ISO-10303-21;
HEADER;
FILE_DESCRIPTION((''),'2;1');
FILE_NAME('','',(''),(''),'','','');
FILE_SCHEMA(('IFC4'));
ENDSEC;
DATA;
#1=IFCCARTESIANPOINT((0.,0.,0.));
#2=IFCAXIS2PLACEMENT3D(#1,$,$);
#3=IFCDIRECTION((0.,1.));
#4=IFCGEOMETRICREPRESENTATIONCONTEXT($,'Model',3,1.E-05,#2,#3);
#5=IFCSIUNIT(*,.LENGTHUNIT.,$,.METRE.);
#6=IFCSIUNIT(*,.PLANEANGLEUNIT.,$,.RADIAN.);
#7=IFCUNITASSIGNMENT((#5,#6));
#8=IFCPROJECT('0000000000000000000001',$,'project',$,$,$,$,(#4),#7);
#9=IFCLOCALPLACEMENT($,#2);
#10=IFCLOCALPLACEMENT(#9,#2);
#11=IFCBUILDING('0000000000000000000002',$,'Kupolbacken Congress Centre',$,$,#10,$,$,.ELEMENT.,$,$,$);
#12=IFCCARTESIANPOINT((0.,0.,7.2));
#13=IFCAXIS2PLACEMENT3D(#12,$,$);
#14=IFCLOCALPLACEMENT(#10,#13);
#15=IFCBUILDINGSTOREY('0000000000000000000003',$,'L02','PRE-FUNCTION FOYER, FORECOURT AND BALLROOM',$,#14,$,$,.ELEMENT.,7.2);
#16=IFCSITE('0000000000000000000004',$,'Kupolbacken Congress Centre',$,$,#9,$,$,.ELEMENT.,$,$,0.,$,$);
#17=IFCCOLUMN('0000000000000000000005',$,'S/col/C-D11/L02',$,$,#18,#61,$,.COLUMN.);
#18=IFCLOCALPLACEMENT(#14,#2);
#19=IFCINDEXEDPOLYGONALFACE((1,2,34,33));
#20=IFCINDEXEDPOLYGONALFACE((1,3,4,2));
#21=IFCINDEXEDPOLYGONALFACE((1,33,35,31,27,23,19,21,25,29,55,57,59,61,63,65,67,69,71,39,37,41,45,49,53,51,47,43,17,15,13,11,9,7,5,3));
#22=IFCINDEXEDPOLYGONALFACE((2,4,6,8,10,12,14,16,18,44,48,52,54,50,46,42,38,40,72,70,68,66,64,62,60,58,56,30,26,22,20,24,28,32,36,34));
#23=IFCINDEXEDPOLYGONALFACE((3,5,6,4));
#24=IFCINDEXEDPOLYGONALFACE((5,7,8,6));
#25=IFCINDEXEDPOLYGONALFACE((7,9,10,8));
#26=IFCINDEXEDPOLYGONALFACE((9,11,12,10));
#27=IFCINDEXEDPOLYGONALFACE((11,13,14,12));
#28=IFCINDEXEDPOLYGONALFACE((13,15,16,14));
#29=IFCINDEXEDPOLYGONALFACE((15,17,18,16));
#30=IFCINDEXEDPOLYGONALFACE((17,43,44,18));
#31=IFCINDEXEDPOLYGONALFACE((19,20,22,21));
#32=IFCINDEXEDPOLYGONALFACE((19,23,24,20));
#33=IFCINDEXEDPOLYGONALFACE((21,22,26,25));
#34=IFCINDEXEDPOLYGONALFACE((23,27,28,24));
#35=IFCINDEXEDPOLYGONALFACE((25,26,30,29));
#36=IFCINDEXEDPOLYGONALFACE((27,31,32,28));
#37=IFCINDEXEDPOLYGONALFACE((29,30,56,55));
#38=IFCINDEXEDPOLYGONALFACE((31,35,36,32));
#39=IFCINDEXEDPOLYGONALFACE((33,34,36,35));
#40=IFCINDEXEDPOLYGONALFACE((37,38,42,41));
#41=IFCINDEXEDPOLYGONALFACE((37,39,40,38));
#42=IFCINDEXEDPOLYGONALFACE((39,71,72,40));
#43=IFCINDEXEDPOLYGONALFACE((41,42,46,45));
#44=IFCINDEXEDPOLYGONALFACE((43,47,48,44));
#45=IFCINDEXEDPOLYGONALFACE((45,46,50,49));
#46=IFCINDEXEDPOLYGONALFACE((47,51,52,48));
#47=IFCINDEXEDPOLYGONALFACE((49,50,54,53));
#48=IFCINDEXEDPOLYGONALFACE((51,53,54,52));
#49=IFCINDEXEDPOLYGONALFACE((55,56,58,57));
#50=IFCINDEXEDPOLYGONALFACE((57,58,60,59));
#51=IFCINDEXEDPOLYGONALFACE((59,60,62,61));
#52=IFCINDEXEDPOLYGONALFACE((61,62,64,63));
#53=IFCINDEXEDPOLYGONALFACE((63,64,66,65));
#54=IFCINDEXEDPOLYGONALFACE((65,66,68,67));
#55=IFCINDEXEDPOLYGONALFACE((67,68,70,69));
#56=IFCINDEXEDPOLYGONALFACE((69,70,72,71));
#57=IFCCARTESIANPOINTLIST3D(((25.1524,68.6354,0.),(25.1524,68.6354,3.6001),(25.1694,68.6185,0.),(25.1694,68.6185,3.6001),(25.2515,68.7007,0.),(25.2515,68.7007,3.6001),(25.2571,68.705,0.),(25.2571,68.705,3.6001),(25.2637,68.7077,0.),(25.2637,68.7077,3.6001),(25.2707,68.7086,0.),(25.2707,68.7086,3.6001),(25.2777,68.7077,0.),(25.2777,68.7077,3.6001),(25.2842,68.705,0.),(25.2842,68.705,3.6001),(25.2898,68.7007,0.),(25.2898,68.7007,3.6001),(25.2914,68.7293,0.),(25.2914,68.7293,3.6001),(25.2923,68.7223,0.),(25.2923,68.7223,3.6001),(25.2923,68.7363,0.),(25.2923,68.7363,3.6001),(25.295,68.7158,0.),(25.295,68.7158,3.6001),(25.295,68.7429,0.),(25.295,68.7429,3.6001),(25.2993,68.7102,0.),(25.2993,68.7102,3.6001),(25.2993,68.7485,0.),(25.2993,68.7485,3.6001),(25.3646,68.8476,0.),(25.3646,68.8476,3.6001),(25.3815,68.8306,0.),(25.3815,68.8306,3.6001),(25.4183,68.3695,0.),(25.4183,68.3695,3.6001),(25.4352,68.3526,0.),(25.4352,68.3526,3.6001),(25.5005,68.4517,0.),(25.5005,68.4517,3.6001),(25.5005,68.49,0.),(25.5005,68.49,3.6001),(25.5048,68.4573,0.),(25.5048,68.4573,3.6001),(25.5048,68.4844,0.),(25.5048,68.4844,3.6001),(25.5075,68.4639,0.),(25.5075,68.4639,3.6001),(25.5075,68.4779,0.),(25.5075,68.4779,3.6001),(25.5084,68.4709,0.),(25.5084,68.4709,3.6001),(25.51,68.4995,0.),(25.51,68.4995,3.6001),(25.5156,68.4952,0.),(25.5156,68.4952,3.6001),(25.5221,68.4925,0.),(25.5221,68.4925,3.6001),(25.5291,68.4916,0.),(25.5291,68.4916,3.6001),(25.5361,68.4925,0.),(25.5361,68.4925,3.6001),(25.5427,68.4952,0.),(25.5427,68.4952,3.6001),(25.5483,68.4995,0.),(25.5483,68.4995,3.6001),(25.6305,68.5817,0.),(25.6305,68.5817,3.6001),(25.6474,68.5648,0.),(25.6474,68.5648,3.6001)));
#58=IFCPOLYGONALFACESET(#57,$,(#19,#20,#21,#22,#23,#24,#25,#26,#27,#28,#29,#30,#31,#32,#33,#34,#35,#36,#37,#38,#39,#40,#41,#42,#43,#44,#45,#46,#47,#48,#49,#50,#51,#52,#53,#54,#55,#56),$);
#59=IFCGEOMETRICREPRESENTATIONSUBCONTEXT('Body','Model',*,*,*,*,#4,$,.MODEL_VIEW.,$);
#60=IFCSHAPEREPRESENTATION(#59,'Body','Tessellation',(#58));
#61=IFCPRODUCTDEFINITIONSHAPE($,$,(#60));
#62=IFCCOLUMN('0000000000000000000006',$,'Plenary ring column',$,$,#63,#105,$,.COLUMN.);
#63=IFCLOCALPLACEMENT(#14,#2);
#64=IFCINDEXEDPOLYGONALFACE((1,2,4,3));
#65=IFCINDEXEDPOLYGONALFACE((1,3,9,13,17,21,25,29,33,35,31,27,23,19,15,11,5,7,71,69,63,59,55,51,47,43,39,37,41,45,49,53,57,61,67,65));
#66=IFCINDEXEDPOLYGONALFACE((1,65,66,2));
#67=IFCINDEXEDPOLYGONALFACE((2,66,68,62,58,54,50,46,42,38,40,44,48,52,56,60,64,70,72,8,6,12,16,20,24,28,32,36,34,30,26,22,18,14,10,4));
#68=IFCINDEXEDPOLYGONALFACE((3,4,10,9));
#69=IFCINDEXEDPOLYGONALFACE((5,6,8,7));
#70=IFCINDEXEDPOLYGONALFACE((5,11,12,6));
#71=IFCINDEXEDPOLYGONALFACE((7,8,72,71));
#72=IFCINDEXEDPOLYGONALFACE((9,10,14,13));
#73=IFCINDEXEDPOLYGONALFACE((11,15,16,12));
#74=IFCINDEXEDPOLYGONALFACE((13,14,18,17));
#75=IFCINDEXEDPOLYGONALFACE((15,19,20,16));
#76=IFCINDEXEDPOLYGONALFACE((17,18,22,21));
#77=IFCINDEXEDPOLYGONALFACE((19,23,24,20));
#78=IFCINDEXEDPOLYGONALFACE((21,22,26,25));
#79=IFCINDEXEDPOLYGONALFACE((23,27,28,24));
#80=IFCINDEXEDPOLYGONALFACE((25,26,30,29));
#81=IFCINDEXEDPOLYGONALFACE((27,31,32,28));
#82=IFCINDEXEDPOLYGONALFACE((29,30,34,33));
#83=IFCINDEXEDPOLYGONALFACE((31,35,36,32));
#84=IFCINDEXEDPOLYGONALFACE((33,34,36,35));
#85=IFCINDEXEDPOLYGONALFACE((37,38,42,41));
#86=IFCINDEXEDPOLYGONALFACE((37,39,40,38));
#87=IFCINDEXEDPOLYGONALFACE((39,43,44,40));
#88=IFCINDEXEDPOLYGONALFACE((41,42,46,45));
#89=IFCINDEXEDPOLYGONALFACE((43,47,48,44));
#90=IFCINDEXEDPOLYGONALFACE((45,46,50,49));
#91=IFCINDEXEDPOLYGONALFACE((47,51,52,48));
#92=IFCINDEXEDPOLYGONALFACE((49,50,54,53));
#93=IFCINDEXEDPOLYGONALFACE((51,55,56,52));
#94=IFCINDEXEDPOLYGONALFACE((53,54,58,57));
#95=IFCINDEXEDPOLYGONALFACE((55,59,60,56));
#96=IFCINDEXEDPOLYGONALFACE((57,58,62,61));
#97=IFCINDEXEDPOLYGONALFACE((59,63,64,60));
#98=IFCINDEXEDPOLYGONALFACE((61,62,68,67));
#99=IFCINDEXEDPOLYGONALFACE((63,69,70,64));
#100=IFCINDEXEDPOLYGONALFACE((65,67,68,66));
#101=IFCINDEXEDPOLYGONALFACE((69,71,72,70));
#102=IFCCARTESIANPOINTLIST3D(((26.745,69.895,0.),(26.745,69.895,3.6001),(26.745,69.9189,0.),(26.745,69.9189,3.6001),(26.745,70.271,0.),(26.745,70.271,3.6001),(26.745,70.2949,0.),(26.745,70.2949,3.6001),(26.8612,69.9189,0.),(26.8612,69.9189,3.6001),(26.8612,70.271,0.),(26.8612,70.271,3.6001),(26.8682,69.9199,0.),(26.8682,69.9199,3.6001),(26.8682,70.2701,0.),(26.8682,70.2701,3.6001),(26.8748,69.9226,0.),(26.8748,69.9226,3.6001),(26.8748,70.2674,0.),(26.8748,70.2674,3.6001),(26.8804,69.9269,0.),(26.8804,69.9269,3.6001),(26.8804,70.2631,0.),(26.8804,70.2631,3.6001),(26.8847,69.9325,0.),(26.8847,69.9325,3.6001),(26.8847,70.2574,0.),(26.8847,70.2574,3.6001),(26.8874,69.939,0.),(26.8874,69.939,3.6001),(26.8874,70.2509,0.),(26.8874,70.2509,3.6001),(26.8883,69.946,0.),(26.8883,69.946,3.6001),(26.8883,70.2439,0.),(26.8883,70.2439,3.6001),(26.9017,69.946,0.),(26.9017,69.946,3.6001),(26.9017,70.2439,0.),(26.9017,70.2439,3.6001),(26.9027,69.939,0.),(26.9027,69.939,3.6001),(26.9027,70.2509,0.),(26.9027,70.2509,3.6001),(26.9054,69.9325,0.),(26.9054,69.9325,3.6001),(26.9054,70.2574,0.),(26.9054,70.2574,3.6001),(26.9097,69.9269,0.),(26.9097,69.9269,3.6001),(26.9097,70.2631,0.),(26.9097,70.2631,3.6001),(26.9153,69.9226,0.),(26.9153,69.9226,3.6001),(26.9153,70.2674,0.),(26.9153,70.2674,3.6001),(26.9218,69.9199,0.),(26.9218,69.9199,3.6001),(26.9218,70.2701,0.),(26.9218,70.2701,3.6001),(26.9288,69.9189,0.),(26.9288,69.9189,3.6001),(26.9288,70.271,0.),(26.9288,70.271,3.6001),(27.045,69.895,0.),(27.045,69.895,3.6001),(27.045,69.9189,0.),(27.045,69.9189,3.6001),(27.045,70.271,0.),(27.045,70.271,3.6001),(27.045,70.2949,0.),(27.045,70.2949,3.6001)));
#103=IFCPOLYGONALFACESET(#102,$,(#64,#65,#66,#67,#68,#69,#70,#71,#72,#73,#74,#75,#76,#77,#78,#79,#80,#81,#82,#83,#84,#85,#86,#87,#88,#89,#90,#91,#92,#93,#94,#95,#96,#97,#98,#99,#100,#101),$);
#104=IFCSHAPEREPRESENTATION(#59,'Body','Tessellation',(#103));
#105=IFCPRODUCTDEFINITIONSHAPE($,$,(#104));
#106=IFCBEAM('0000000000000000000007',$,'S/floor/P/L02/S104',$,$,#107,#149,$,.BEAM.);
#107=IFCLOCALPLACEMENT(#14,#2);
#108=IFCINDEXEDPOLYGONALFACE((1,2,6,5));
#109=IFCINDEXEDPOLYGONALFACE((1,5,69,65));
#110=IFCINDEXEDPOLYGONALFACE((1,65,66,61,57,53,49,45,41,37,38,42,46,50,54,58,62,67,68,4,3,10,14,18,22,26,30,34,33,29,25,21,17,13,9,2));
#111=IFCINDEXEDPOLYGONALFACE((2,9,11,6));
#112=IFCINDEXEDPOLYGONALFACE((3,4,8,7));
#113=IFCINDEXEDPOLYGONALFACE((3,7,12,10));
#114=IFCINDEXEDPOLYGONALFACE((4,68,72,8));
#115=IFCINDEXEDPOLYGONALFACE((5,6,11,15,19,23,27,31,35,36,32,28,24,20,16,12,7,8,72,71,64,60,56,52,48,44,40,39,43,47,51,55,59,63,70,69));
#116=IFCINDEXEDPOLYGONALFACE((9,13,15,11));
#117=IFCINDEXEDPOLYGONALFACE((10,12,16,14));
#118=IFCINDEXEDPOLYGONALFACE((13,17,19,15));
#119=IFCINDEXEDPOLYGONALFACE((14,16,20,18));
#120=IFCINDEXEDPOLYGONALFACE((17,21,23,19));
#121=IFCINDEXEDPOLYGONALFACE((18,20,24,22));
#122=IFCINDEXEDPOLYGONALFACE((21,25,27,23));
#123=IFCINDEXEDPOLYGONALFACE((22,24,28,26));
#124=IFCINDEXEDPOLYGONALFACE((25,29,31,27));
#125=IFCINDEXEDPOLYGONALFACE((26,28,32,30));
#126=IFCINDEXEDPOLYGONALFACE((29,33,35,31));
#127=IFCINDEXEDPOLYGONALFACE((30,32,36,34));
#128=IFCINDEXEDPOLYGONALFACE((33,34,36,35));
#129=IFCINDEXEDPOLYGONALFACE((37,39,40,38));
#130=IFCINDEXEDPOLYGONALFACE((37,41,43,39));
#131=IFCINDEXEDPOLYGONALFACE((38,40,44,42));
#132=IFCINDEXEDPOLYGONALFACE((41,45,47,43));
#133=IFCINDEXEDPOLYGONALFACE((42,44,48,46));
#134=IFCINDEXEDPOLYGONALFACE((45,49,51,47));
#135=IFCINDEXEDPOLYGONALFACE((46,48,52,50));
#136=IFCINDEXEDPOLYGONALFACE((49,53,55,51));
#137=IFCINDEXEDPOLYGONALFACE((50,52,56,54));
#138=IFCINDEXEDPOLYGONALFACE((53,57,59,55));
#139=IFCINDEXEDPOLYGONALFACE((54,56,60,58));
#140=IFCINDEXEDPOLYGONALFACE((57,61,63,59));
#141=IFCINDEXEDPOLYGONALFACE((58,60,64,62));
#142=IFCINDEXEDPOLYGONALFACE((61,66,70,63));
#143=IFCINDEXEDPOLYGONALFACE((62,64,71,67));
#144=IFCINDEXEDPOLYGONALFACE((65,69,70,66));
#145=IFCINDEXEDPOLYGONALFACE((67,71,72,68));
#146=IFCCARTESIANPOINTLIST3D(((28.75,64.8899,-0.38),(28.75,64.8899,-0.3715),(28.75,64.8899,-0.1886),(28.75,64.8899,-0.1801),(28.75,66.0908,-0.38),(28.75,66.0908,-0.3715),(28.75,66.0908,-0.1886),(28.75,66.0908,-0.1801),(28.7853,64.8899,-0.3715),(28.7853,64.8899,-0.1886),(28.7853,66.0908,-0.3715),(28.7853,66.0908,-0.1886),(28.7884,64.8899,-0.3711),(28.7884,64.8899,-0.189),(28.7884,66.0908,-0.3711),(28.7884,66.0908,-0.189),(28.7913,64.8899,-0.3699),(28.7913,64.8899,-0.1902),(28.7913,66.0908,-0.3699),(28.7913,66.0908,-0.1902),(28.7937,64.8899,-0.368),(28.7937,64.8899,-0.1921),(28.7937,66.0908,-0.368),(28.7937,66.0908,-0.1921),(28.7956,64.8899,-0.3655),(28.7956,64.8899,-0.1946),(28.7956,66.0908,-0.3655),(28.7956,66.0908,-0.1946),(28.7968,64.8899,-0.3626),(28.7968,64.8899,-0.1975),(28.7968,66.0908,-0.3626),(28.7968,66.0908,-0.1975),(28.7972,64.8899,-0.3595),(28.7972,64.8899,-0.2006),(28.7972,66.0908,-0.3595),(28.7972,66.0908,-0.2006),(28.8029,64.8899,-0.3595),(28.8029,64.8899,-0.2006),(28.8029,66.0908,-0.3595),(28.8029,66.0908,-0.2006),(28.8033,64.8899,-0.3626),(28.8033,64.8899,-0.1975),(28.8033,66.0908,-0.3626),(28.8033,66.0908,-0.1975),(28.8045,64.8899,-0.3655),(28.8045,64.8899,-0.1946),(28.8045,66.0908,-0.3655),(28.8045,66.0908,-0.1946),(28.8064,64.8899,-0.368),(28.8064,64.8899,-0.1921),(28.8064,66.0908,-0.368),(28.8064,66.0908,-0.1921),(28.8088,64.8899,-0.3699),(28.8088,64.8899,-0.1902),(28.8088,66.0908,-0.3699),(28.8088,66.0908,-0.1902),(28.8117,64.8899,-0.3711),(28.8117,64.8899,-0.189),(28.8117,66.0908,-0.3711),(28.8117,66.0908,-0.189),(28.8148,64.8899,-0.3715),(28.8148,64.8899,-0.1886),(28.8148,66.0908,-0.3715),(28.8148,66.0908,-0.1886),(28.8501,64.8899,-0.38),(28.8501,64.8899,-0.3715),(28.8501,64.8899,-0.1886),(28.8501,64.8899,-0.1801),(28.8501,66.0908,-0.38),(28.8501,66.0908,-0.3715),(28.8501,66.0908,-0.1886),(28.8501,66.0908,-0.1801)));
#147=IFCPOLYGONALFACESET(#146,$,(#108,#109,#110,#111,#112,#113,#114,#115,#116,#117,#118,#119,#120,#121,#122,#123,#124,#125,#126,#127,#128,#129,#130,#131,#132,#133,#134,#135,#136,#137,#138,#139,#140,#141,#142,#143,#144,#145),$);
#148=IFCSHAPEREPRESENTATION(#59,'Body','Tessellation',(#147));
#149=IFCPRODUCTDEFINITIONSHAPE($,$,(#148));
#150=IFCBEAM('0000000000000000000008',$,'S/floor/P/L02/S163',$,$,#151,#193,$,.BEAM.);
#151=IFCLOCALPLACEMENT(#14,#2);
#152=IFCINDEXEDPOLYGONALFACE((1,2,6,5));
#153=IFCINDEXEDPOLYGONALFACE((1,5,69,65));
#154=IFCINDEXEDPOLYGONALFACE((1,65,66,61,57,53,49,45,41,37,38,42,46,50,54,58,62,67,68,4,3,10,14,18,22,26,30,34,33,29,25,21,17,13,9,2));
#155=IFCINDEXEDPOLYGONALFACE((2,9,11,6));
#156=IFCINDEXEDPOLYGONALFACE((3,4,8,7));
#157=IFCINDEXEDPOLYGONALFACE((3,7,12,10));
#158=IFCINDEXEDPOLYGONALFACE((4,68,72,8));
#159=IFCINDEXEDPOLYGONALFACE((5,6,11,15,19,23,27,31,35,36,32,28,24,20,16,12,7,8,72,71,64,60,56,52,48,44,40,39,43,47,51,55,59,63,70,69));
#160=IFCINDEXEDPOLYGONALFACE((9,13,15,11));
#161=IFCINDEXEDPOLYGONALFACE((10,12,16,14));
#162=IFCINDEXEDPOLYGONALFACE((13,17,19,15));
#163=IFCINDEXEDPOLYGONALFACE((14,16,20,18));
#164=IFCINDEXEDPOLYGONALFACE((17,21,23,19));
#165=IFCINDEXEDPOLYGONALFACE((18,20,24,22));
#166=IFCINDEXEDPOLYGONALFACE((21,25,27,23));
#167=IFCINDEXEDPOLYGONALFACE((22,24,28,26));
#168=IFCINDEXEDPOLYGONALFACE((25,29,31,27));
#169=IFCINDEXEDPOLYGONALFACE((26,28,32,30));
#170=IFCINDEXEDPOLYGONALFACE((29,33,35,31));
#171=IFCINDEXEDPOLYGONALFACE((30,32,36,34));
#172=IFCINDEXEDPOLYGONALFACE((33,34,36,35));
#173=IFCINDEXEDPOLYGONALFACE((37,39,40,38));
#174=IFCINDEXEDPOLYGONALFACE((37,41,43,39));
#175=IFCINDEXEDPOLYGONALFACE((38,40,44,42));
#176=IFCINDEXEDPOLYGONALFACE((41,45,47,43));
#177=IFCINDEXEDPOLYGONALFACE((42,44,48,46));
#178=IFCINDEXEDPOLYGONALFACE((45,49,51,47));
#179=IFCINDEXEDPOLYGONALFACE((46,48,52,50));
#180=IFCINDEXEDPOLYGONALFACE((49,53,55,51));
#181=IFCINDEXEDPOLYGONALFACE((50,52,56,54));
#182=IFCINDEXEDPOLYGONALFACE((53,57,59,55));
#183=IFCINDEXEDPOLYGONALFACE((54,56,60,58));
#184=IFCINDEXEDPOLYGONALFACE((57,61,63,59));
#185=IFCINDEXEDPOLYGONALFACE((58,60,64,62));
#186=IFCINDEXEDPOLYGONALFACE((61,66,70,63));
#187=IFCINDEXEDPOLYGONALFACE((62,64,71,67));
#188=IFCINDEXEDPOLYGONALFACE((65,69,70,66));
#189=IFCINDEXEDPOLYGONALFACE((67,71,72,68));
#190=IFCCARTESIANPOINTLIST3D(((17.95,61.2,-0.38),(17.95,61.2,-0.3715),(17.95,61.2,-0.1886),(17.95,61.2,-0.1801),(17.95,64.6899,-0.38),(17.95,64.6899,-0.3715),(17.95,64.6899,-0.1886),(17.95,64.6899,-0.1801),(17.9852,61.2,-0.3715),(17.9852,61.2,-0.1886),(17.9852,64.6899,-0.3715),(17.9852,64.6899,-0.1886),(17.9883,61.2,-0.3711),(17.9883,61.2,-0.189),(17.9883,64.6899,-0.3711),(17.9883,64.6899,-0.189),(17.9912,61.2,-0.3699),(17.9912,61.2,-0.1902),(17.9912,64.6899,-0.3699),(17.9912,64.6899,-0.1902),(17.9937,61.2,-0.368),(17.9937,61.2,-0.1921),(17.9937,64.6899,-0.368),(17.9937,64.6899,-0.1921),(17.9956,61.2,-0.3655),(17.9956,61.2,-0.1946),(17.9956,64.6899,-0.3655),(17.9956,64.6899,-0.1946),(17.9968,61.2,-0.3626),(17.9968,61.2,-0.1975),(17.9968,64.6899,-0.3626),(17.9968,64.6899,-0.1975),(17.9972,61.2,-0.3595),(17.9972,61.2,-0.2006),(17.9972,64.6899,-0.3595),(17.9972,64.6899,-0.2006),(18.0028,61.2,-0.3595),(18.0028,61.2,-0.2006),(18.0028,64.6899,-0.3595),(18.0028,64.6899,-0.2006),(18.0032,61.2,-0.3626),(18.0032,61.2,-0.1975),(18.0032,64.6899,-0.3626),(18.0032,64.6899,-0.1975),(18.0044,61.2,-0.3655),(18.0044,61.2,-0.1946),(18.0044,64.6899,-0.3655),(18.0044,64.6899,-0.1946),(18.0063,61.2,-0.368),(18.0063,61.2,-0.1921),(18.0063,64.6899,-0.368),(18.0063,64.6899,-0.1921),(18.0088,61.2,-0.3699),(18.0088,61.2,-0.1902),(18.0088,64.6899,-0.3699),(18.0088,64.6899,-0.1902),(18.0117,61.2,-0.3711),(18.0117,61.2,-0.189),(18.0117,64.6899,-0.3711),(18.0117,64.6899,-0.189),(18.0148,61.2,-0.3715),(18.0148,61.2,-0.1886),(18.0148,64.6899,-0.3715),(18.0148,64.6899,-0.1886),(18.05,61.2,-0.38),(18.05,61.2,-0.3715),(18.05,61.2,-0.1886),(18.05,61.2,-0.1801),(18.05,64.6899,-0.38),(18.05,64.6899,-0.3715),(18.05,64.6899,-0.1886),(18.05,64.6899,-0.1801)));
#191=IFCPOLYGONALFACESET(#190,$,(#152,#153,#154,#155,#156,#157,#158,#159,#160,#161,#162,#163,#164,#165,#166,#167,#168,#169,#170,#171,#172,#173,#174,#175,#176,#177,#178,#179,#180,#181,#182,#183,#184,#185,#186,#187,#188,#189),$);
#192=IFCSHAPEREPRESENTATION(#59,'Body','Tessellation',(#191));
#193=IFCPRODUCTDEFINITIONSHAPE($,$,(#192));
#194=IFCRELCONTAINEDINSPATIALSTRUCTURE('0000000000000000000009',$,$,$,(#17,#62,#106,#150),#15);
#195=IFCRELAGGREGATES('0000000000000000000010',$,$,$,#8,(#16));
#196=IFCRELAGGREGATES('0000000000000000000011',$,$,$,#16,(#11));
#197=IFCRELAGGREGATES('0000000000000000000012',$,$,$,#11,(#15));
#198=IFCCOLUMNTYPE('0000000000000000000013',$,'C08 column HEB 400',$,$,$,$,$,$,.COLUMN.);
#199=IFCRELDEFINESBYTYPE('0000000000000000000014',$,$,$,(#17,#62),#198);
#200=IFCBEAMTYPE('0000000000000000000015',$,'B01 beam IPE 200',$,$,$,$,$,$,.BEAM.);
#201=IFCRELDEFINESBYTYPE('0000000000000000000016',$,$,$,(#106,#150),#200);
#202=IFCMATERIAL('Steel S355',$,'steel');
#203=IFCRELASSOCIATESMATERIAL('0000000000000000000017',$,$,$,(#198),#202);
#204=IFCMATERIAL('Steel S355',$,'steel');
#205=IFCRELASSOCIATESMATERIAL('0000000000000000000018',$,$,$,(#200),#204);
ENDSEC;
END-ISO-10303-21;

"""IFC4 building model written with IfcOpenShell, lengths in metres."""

from ifc_helpers import new_model, si_unit, direction, frame, origin, origin_2d, place, context, subcontext, project, spatial, i_section, extrude, material, material_profile, profile_set, type_object, element, save


model = new_model("IFC4")

# Units and contexts
model_context = context("Model", 3, precision=1e-05, world=origin(), true_north=direction((0.0, 1.0)))
body_context = subcontext(model_context, "Body", "Model", "MODEL_VIEW")
ifc_project = project(units=[si_unit("LENGTHUNIT", "METRE"), si_unit("PLANEANGLEUNIT", "RADIAN")], contexts=[model_context])

# Site, building, storey
site_placement = place(None, origin())
site = spatial("IfcSite", under=ifc_project, at=site_placement, Name="Kupolbacken Congress Centre", CompositionType="ELEMENT", RefElevation=0.0)
building_placement = place(site_placement, origin())
building = spatial("IfcBuilding", under=site, at=building_placement, Name="Kupolbacken Congress Centre", CompositionType="ELEMENT")
storey_placement = place(building_placement, frame((0.0, 0.0, 7.2)))
storey = spatial("IfcBuildingStorey", under=building, at=storey_placement, Name="L02", Description="PRE-FUNCTION FOYER, FORECOURT AND BALLROOM", CompositionType="ELEMENT", Elevation=7.2)

# Columns
ifc_material_1 = material(Name="Steel S355", Category="steel")
ifc_material_profile_1 = material_profile(ifc_material_1, i_section(OverallWidth=0.3, OverallDepth=0.3999, WebThickness=0.0134, FlangeThickness=0.0239, FilletRadius=0.0271, at=origin_2d()), Name="HEB 400")
ifc_profile_set_1 = profile_set([ifc_material_profile_1], Name="Steel S355")
column_type = type_object("IfcColumnType", Name="C08 column HEB 400", PredefinedType="COLUMN", material=ifc_profile_set_1)
for number, where, z_axis, x_axis, name in (
    (1, (25.3999, 68.6001, 0.0), (0.0, 0.0, 1.0), (-0.707107, -0.707107, 0.0), "S/col/C-D11/L02"),
    (2, (26.895, 70.095, 0.0), (0.0, 0.0, 1.0), (1.0, 0.0, 0.0), "Plenary ring column"),
):
    element("IfcColumn", number, at=place(storey_placement, frame(where, z_axis=z_axis, x_axis=x_axis)), inside=storey, type_object=column_type, Name=name, PredefinedType="COLUMN", context=body_context, shape_type="SweptSolid", body=[
        extrude(i_section(OverallWidth=0.3, OverallDepth=0.3999, WebThickness=0.0134, FlangeThickness=0.0239, FilletRadius=0.0271, at=origin_2d()), origin(), (0.0, 0.0, 1.0), 3.6001),
    ])

# Beams
ifc_material_2 = material(Name="Steel S355", Category="steel")
ifc_material_profile_2 = material_profile(ifc_material_2, i_section(OverallWidth=0.1001, OverallDepth=0.2, WebThickness=0.0056, FlangeThickness=0.0085, FilletRadius=0.012, at=origin_2d()), Name="IPE 200")
ifc_profile_set_2 = profile_set([ifc_material_profile_2], Name="Steel S355")
beam_type_1 = type_object("IfcBeamType", Name="B01 beam IPE 200", PredefinedType="BEAM", material=ifc_profile_set_2)
beam_1_placement = place(storey_placement, frame((28.8, 64.8899, -0.28), z_axis=(0.0, 1.0, 0.0), x_axis=(-1.0, 0.0, 0.0)))
element("IfcBeam", 3, at=beam_1_placement, inside=storey, type_object=beam_type_1, Name="S/floor/P/L02/S104", PredefinedType="BEAM", context=body_context, shape_type="SweptSolid", body=[
    extrude(i_section(OverallWidth=0.1001, OverallDepth=0.2, WebThickness=0.0056, FlangeThickness=0.0085, FilletRadius=0.012, at=origin_2d()), origin(), (0.0, 0.0, 1.0), 1.2009),
])
beam_2_placement = place(storey_placement, frame((18.0, 61.2, -0.28), z_axis=(0.0, 1.0, 0.0), x_axis=(-1.0, 0.0, 0.0)))
element("IfcBeam", 4, at=beam_2_placement, inside=storey, type_object=beam_type_1, Name="S/floor/P/L02/S163", PredefinedType="BEAM", context=body_context, shape_type="SweptSolid", body=[
    extrude(i_section(OverallWidth=0.1001, OverallDepth=0.2, WebThickness=0.0056, FlangeThickness=0.0085, FilletRadius=0.012, at=origin_2d()), origin(), (0.0, 0.0, 1.0), 3.49),
])

save(model, "model.ifc")
